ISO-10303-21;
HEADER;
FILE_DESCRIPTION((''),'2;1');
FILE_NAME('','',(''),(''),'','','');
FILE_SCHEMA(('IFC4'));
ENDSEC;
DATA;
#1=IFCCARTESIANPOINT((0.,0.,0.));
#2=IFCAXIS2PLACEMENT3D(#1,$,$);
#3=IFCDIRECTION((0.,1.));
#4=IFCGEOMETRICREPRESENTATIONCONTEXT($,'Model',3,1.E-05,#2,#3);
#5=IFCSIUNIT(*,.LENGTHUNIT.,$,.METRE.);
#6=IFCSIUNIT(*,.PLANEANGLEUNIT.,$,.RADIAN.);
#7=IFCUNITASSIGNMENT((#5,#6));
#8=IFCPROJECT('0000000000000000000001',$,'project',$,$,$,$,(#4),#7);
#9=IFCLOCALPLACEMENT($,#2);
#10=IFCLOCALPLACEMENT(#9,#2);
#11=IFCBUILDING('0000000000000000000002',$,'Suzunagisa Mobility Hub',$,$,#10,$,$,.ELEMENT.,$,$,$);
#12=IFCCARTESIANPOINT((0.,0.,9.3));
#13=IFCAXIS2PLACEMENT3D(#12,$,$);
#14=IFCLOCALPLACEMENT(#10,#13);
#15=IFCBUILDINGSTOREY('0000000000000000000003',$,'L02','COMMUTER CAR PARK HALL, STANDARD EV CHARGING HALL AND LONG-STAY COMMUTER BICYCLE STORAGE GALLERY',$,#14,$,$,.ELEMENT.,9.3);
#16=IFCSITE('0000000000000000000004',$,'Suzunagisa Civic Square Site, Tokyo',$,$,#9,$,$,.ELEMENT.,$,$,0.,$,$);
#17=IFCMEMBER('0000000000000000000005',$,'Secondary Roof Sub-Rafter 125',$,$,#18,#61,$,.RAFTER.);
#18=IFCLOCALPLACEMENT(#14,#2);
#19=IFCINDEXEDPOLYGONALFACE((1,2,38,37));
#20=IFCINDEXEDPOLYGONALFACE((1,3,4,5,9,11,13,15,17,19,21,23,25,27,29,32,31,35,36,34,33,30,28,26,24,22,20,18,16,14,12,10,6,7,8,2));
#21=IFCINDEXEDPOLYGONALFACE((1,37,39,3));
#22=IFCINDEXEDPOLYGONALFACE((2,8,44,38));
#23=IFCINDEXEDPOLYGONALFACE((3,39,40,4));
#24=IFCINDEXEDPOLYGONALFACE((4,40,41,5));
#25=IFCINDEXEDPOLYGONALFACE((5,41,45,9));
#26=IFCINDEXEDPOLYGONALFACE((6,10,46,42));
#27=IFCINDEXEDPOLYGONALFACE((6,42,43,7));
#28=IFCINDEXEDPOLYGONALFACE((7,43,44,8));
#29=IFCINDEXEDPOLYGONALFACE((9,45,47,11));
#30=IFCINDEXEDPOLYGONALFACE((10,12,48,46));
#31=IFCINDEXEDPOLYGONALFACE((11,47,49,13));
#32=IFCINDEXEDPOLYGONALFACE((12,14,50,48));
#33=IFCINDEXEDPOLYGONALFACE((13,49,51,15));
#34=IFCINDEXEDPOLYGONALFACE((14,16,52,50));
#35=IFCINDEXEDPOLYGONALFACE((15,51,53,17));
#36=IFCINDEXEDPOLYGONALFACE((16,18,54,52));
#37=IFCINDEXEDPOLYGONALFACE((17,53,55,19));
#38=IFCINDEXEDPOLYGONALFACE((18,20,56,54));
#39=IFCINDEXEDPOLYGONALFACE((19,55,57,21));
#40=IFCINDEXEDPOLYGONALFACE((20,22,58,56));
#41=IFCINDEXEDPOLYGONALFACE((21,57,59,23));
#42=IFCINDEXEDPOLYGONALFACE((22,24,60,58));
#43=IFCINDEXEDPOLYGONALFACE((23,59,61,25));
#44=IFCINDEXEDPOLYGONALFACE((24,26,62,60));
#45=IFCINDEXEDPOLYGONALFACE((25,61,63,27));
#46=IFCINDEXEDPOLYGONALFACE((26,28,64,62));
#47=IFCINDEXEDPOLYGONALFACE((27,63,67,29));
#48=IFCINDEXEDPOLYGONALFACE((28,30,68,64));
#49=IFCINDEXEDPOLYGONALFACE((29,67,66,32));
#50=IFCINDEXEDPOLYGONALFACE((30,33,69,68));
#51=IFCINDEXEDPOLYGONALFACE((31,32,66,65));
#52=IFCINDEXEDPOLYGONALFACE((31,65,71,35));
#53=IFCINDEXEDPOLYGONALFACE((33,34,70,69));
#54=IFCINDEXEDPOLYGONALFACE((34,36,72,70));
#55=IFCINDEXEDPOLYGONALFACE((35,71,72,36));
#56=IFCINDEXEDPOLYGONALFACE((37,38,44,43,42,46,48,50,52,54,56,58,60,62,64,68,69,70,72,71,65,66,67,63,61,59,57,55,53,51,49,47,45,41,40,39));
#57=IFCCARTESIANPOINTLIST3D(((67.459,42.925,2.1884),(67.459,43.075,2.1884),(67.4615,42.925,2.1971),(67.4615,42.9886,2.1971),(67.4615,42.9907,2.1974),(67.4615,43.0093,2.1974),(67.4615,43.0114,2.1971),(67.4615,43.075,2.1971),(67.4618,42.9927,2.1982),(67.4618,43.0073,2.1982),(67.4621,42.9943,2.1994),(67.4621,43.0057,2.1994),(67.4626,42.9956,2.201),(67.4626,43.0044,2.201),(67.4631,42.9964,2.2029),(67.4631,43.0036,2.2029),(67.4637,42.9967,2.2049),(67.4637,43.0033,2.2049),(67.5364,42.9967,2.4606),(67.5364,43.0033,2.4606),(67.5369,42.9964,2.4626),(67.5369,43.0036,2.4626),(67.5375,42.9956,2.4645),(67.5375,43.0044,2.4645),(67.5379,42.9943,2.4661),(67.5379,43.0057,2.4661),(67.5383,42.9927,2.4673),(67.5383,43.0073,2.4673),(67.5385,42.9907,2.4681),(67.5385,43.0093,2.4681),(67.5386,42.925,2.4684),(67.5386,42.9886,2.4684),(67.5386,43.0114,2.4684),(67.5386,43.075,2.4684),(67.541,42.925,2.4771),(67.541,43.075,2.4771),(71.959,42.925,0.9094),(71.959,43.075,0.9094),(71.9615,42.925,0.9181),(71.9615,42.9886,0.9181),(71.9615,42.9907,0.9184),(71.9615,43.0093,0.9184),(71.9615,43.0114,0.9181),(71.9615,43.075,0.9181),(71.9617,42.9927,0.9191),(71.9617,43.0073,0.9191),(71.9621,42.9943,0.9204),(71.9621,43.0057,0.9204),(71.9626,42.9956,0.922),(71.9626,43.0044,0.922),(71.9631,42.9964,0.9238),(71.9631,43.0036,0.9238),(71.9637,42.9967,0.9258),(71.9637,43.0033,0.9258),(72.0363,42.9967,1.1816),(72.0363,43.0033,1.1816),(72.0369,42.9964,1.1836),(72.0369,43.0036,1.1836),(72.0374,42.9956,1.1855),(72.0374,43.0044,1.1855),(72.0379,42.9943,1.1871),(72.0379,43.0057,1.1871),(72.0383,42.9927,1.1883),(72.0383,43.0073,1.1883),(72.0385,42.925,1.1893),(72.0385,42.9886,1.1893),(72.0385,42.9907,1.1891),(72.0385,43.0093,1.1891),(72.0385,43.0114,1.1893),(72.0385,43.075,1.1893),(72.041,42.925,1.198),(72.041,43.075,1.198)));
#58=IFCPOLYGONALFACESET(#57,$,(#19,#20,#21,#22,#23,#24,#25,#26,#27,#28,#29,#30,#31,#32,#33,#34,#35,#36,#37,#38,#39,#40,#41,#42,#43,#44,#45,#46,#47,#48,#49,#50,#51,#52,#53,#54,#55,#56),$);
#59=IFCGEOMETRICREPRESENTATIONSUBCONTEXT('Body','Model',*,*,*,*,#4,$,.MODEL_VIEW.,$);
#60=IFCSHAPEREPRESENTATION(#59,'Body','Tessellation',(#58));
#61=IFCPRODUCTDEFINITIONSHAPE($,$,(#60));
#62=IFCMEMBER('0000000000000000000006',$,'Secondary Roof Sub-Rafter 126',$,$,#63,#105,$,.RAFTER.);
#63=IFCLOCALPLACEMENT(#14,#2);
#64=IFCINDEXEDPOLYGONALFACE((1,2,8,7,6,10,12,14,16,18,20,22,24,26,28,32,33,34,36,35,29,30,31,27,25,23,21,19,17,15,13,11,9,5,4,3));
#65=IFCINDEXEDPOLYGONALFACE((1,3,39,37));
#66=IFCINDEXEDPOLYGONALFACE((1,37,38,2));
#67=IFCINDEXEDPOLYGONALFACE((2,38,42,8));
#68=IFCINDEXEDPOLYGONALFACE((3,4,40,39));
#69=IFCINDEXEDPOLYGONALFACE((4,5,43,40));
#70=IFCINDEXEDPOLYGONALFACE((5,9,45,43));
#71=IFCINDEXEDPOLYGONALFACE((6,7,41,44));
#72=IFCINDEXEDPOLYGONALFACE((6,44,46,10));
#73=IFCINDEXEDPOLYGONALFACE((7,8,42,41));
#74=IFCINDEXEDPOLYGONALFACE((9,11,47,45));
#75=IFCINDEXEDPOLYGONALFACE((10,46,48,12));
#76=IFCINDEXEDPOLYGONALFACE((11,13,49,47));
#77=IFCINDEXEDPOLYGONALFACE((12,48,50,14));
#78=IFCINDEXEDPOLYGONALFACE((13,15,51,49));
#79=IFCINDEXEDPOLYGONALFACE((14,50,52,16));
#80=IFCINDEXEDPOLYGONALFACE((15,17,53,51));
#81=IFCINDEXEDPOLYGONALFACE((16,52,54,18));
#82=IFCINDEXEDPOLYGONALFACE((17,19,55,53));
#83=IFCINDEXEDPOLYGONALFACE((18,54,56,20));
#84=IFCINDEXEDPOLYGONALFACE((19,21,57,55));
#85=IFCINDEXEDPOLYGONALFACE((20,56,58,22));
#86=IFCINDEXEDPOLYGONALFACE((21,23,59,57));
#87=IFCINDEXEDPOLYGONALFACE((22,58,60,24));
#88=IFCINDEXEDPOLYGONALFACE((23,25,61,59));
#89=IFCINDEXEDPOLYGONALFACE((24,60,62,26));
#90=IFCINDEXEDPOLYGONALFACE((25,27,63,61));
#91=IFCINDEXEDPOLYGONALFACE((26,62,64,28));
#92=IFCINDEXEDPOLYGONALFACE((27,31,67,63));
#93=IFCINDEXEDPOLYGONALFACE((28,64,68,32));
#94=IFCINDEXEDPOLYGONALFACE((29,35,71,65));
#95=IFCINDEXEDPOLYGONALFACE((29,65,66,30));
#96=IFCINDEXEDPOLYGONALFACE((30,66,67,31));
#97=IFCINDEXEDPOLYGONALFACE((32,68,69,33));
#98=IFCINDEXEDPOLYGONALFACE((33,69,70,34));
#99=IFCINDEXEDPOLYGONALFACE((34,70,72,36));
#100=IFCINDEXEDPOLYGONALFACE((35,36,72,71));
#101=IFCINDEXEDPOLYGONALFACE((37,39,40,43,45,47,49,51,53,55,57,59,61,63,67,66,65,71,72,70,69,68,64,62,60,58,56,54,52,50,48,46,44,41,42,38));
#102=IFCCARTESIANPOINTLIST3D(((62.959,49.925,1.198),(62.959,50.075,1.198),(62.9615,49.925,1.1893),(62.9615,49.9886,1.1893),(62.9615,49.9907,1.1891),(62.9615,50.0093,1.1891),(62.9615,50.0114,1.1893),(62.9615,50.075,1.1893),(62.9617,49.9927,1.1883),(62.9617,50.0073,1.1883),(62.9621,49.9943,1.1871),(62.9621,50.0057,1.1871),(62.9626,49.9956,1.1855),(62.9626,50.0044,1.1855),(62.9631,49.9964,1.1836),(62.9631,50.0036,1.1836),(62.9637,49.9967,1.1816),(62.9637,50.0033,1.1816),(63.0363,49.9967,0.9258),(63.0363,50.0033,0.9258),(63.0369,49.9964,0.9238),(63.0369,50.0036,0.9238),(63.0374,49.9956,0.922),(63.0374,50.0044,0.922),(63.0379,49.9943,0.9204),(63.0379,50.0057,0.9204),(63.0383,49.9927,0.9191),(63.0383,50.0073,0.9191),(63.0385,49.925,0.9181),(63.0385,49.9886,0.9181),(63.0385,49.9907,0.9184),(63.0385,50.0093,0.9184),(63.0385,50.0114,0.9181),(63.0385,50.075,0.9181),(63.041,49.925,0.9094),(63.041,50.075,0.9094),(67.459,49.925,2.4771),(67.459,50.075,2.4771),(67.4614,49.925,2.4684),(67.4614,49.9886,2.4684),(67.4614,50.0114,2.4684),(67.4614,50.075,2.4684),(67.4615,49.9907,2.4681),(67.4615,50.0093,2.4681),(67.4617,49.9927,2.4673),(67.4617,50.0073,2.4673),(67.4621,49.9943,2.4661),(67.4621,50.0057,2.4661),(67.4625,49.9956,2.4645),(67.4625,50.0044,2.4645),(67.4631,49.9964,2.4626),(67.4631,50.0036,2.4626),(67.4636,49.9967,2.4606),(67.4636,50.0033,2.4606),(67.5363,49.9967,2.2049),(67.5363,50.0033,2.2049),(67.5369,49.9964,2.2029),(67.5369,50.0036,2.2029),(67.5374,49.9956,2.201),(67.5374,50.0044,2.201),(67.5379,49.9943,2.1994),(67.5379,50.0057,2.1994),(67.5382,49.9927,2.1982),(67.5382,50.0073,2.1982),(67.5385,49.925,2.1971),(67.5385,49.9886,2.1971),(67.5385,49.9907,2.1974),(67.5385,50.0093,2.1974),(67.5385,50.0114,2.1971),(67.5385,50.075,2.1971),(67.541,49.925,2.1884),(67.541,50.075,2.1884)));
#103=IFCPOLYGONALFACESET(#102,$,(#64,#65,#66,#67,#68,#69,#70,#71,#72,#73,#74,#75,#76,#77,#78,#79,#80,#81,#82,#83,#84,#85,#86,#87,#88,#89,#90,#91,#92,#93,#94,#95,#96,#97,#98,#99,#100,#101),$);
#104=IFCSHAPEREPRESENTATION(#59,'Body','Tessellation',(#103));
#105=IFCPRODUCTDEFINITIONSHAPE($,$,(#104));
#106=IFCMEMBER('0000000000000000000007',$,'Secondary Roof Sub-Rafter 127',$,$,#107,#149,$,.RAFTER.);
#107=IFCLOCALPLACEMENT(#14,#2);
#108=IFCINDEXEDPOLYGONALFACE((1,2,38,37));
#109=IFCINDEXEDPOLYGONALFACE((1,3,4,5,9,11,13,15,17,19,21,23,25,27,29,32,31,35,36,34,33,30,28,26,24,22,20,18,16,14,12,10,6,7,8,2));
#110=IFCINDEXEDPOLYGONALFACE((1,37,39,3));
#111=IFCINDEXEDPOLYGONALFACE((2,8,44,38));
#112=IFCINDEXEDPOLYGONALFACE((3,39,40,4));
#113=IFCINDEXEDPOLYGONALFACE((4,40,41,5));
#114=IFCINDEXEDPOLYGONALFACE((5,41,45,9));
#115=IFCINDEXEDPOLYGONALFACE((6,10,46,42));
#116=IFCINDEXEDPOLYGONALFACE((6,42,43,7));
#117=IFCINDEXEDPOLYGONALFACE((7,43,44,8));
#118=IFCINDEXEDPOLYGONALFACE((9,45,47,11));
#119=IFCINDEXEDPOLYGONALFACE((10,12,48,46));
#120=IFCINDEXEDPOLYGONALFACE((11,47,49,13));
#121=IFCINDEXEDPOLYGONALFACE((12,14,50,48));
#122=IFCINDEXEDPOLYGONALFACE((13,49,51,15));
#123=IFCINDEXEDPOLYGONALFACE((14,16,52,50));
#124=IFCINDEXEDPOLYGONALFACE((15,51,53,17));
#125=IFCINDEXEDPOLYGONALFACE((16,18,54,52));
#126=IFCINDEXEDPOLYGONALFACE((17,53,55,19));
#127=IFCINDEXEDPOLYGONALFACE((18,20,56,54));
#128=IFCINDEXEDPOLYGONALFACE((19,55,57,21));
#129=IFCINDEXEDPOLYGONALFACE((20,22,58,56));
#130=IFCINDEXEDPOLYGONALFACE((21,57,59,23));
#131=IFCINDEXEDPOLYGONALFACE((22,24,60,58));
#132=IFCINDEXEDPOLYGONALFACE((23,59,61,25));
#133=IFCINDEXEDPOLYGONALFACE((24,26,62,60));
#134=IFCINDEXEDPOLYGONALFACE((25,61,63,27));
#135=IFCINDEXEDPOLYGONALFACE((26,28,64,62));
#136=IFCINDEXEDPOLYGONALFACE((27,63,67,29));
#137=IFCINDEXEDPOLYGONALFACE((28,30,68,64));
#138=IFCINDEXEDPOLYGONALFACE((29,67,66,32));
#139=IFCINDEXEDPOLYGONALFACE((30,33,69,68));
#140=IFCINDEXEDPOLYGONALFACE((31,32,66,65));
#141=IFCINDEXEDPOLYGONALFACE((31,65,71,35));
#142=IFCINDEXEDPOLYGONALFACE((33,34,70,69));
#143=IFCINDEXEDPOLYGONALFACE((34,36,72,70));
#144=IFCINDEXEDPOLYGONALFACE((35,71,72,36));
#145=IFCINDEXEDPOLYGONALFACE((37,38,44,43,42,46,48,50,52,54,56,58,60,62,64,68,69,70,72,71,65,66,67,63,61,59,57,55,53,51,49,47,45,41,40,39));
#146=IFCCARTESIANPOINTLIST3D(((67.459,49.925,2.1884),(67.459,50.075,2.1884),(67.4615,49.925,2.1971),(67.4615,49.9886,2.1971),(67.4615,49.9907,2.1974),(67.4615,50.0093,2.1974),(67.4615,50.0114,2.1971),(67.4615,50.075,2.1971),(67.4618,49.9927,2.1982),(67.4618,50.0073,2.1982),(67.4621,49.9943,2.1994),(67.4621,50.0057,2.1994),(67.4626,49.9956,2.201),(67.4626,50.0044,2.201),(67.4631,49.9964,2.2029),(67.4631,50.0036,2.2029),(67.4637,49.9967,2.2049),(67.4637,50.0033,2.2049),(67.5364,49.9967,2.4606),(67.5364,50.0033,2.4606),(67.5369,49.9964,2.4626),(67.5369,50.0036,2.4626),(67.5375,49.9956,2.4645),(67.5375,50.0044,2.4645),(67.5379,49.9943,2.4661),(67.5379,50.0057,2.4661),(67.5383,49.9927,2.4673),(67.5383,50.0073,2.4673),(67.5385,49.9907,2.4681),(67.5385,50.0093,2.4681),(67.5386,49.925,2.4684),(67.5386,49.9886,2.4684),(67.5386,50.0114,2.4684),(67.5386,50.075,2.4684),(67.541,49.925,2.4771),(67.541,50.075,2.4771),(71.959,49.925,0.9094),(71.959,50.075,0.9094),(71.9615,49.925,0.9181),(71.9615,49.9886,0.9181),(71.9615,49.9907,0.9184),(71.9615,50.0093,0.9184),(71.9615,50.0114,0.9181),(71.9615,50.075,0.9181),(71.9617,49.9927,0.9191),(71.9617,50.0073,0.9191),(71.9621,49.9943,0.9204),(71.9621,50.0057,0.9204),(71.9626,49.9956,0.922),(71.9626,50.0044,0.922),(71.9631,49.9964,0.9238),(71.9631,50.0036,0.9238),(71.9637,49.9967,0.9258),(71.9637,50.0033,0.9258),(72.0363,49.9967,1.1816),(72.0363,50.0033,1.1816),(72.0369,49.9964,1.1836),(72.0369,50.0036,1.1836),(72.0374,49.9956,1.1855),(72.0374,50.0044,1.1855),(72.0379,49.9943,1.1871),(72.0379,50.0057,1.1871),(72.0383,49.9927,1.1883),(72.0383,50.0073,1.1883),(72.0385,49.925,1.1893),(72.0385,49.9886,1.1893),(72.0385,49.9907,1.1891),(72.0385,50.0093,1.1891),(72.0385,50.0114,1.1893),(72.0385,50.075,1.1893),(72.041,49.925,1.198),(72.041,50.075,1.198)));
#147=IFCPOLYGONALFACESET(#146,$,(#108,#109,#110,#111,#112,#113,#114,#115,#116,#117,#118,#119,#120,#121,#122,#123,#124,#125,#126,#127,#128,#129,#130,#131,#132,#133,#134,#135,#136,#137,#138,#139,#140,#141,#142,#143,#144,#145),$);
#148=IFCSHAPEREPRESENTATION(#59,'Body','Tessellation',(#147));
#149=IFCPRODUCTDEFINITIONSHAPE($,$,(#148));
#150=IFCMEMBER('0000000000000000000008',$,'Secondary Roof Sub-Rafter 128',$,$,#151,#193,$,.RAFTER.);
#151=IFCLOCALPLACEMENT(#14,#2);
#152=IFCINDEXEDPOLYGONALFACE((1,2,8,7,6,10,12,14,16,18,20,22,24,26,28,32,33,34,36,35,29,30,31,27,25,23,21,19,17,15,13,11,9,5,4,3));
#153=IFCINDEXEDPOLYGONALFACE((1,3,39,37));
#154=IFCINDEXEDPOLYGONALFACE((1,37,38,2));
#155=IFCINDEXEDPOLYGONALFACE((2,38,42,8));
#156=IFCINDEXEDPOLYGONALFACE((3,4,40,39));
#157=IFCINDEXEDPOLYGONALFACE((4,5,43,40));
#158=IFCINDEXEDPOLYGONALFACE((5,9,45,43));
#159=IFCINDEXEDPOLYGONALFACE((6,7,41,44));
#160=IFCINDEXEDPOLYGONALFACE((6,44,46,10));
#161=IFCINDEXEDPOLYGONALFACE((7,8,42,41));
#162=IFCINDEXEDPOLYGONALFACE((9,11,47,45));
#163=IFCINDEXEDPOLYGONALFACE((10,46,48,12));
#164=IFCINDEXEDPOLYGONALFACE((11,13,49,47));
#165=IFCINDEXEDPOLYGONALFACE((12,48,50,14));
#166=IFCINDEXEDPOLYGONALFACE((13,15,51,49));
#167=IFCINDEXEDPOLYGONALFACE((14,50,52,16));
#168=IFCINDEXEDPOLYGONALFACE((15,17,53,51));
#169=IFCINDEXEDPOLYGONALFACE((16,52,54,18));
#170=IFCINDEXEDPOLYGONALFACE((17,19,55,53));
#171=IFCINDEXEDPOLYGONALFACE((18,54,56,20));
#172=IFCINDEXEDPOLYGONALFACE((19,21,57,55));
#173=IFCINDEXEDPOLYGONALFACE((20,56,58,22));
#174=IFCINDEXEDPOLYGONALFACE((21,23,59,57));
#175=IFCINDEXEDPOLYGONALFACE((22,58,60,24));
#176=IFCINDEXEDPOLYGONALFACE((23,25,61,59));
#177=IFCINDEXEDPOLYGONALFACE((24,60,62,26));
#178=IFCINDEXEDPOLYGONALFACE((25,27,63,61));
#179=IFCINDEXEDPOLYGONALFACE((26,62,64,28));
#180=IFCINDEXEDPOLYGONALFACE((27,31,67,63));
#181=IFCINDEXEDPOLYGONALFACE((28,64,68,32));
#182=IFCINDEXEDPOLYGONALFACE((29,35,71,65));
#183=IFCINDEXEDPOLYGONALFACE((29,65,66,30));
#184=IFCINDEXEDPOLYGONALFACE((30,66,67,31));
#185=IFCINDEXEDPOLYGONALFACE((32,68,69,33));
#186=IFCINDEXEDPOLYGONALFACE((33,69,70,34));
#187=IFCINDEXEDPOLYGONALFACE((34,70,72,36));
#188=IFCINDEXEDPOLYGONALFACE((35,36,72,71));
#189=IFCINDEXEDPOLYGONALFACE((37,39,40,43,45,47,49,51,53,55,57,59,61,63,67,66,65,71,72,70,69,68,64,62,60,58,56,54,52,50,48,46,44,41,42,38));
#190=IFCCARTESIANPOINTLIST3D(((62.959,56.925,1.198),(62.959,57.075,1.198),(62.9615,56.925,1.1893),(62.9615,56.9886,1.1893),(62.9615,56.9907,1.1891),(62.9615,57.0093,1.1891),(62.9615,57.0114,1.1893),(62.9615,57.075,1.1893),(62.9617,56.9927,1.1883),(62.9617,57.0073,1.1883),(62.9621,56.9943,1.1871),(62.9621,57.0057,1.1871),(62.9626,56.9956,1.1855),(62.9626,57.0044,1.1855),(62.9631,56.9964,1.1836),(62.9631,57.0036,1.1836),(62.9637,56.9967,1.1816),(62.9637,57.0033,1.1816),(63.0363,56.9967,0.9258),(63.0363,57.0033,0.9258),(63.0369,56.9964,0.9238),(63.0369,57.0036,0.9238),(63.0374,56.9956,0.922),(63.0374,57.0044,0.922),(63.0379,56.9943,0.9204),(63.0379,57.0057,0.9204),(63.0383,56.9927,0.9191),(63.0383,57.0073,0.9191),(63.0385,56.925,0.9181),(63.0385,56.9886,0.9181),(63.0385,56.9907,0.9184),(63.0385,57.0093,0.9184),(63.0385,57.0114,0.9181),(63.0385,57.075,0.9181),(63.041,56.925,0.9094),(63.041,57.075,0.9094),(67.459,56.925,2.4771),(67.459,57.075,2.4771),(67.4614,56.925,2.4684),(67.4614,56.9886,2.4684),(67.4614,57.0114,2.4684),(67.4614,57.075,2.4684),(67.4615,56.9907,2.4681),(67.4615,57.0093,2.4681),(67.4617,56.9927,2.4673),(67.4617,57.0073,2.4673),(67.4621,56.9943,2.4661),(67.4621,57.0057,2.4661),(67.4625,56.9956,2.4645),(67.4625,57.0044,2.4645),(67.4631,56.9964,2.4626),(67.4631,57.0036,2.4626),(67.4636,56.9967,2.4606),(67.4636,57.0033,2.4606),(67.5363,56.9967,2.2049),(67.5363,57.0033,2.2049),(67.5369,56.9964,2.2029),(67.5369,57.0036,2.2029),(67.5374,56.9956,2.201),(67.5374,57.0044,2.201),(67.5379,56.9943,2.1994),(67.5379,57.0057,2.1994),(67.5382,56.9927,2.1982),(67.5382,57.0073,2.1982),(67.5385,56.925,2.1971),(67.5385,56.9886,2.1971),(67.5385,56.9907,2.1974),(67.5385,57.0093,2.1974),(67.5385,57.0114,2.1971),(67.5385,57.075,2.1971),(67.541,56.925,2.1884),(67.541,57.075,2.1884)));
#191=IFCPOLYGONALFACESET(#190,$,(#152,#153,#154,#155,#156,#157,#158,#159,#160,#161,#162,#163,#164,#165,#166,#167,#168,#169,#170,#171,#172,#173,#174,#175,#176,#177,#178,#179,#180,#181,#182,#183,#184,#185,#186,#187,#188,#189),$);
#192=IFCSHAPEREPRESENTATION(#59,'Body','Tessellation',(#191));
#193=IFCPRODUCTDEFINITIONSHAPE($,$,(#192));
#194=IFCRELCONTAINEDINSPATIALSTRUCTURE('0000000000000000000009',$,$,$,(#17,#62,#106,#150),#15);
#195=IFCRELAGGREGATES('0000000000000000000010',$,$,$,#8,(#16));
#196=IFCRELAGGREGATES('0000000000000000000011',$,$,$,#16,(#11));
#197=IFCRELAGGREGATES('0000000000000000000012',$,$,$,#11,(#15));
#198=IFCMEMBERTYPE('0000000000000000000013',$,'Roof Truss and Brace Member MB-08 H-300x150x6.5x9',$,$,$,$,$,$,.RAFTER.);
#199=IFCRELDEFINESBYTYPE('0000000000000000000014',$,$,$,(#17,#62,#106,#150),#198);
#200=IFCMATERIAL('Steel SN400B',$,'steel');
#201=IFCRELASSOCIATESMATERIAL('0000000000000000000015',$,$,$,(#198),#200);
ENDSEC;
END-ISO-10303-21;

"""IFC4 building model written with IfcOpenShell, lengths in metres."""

from ifc_helpers import new_model, si_unit, direction, frame, origin, origin_2d, place, context, subcontext, project, spatial, i_section, extrude, material, material_profile, profile_set, type_object, element, save


model = new_model("IFC4")

# Units and contexts
model_context = context("Model", 3, precision=1e-05, world=origin(), true_north=direction((0.0, 1.0)))
body_context = subcontext(model_context, "Body", "Model", "MODEL_VIEW")
ifc_project = project(units=[si_unit("LENGTHUNIT", "METRE"), si_unit("PLANEANGLEUNIT", "RADIAN")], contexts=[model_context])

# Site, building, storey
site_placement = place(None, origin())
site = spatial("IfcSite", under=ifc_project, at=site_placement, Name="Suzunagisa Civic Square Site, Tokyo", CompositionType="ELEMENT", RefElevation=0.0)
building_placement = place(site_placement, origin())
building = spatial("IfcBuilding", under=site, at=building_placement, Name="Suzunagisa Mobility Hub", CompositionType="ELEMENT")
storey_placement = place(building_placement, frame((0.0, 0.0, 9.3)))
storey = spatial("IfcBuildingStorey", under=building, at=storey_placement, Name="L02", Description="COMMUTER CAR PARK HALL, STANDARD EV CHARGING HALL AND LONG-STAY COMMUTER BICYCLE STORAGE GALLERY", CompositionType="ELEMENT", Elevation=9.3)

# Members
ifc_material_1 = material(Name="Steel SN400B", Category="steel")
ifc_material_profile_1 = material_profile(ifc_material_1, i_section(OverallWidth=0.1499, OverallDepth=0.3, WebThickness=0.0066, FlangeThickness=0.009, FilletRadius=0.0081, at=origin_2d()), Name="H-300x150x6.5x9")
ifc_profile_set_1 = profile_set([ifc_material_profile_1], Name="Steel SN400B")
member_type_1 = type_object("IfcMemberType", Name="Roof Truss and Brace Member MB-08 H-300x150x6.5x9", PredefinedType="RAFTER", material=ifc_profile_set_1)
for number, where, z_axis, x_axis, name in (
    (1, (72.0, 43.0, 1.0537), (-0.961899, 0.0, 0.273404), (0.0, -1.0, 0.0), "Secondary Roof Sub-Rafter 125"),
    (2, (63.0, 50.0, 1.0537), (0.961899, 0.0, 0.273404), (0.0, 1.0, 0.0), "Secondary Roof Sub-Rafter 126"),
    (3, (72.0, 50.0, 1.0537), (-0.961899, 0.0, 0.273404), (0.0, -1.0, 0.0), "Secondary Roof Sub-Rafter 127"),
    (4, (63.0, 57.0, 1.0537), (0.961899, 0.0, 0.273404), (0.0, 1.0, 0.0), "Secondary Roof Sub-Rafter 128"),
):
    element("IfcMember", number, at=place(storey_placement, frame(where, z_axis=z_axis, x_axis=x_axis)), inside=storey, type_object=member_type_1, Name=name, PredefinedType="RAFTER", context=body_context, shape_type="SweptSolid", body=[
        extrude(i_section(OverallWidth=0.1499, OverallDepth=0.3, WebThickness=0.0066, FlangeThickness=0.009, FilletRadius=0.0081, at=origin_2d()), origin(), (0.0, 0.0, 1.0), 4.6782),
    ])

save(model, "model.ifc")
